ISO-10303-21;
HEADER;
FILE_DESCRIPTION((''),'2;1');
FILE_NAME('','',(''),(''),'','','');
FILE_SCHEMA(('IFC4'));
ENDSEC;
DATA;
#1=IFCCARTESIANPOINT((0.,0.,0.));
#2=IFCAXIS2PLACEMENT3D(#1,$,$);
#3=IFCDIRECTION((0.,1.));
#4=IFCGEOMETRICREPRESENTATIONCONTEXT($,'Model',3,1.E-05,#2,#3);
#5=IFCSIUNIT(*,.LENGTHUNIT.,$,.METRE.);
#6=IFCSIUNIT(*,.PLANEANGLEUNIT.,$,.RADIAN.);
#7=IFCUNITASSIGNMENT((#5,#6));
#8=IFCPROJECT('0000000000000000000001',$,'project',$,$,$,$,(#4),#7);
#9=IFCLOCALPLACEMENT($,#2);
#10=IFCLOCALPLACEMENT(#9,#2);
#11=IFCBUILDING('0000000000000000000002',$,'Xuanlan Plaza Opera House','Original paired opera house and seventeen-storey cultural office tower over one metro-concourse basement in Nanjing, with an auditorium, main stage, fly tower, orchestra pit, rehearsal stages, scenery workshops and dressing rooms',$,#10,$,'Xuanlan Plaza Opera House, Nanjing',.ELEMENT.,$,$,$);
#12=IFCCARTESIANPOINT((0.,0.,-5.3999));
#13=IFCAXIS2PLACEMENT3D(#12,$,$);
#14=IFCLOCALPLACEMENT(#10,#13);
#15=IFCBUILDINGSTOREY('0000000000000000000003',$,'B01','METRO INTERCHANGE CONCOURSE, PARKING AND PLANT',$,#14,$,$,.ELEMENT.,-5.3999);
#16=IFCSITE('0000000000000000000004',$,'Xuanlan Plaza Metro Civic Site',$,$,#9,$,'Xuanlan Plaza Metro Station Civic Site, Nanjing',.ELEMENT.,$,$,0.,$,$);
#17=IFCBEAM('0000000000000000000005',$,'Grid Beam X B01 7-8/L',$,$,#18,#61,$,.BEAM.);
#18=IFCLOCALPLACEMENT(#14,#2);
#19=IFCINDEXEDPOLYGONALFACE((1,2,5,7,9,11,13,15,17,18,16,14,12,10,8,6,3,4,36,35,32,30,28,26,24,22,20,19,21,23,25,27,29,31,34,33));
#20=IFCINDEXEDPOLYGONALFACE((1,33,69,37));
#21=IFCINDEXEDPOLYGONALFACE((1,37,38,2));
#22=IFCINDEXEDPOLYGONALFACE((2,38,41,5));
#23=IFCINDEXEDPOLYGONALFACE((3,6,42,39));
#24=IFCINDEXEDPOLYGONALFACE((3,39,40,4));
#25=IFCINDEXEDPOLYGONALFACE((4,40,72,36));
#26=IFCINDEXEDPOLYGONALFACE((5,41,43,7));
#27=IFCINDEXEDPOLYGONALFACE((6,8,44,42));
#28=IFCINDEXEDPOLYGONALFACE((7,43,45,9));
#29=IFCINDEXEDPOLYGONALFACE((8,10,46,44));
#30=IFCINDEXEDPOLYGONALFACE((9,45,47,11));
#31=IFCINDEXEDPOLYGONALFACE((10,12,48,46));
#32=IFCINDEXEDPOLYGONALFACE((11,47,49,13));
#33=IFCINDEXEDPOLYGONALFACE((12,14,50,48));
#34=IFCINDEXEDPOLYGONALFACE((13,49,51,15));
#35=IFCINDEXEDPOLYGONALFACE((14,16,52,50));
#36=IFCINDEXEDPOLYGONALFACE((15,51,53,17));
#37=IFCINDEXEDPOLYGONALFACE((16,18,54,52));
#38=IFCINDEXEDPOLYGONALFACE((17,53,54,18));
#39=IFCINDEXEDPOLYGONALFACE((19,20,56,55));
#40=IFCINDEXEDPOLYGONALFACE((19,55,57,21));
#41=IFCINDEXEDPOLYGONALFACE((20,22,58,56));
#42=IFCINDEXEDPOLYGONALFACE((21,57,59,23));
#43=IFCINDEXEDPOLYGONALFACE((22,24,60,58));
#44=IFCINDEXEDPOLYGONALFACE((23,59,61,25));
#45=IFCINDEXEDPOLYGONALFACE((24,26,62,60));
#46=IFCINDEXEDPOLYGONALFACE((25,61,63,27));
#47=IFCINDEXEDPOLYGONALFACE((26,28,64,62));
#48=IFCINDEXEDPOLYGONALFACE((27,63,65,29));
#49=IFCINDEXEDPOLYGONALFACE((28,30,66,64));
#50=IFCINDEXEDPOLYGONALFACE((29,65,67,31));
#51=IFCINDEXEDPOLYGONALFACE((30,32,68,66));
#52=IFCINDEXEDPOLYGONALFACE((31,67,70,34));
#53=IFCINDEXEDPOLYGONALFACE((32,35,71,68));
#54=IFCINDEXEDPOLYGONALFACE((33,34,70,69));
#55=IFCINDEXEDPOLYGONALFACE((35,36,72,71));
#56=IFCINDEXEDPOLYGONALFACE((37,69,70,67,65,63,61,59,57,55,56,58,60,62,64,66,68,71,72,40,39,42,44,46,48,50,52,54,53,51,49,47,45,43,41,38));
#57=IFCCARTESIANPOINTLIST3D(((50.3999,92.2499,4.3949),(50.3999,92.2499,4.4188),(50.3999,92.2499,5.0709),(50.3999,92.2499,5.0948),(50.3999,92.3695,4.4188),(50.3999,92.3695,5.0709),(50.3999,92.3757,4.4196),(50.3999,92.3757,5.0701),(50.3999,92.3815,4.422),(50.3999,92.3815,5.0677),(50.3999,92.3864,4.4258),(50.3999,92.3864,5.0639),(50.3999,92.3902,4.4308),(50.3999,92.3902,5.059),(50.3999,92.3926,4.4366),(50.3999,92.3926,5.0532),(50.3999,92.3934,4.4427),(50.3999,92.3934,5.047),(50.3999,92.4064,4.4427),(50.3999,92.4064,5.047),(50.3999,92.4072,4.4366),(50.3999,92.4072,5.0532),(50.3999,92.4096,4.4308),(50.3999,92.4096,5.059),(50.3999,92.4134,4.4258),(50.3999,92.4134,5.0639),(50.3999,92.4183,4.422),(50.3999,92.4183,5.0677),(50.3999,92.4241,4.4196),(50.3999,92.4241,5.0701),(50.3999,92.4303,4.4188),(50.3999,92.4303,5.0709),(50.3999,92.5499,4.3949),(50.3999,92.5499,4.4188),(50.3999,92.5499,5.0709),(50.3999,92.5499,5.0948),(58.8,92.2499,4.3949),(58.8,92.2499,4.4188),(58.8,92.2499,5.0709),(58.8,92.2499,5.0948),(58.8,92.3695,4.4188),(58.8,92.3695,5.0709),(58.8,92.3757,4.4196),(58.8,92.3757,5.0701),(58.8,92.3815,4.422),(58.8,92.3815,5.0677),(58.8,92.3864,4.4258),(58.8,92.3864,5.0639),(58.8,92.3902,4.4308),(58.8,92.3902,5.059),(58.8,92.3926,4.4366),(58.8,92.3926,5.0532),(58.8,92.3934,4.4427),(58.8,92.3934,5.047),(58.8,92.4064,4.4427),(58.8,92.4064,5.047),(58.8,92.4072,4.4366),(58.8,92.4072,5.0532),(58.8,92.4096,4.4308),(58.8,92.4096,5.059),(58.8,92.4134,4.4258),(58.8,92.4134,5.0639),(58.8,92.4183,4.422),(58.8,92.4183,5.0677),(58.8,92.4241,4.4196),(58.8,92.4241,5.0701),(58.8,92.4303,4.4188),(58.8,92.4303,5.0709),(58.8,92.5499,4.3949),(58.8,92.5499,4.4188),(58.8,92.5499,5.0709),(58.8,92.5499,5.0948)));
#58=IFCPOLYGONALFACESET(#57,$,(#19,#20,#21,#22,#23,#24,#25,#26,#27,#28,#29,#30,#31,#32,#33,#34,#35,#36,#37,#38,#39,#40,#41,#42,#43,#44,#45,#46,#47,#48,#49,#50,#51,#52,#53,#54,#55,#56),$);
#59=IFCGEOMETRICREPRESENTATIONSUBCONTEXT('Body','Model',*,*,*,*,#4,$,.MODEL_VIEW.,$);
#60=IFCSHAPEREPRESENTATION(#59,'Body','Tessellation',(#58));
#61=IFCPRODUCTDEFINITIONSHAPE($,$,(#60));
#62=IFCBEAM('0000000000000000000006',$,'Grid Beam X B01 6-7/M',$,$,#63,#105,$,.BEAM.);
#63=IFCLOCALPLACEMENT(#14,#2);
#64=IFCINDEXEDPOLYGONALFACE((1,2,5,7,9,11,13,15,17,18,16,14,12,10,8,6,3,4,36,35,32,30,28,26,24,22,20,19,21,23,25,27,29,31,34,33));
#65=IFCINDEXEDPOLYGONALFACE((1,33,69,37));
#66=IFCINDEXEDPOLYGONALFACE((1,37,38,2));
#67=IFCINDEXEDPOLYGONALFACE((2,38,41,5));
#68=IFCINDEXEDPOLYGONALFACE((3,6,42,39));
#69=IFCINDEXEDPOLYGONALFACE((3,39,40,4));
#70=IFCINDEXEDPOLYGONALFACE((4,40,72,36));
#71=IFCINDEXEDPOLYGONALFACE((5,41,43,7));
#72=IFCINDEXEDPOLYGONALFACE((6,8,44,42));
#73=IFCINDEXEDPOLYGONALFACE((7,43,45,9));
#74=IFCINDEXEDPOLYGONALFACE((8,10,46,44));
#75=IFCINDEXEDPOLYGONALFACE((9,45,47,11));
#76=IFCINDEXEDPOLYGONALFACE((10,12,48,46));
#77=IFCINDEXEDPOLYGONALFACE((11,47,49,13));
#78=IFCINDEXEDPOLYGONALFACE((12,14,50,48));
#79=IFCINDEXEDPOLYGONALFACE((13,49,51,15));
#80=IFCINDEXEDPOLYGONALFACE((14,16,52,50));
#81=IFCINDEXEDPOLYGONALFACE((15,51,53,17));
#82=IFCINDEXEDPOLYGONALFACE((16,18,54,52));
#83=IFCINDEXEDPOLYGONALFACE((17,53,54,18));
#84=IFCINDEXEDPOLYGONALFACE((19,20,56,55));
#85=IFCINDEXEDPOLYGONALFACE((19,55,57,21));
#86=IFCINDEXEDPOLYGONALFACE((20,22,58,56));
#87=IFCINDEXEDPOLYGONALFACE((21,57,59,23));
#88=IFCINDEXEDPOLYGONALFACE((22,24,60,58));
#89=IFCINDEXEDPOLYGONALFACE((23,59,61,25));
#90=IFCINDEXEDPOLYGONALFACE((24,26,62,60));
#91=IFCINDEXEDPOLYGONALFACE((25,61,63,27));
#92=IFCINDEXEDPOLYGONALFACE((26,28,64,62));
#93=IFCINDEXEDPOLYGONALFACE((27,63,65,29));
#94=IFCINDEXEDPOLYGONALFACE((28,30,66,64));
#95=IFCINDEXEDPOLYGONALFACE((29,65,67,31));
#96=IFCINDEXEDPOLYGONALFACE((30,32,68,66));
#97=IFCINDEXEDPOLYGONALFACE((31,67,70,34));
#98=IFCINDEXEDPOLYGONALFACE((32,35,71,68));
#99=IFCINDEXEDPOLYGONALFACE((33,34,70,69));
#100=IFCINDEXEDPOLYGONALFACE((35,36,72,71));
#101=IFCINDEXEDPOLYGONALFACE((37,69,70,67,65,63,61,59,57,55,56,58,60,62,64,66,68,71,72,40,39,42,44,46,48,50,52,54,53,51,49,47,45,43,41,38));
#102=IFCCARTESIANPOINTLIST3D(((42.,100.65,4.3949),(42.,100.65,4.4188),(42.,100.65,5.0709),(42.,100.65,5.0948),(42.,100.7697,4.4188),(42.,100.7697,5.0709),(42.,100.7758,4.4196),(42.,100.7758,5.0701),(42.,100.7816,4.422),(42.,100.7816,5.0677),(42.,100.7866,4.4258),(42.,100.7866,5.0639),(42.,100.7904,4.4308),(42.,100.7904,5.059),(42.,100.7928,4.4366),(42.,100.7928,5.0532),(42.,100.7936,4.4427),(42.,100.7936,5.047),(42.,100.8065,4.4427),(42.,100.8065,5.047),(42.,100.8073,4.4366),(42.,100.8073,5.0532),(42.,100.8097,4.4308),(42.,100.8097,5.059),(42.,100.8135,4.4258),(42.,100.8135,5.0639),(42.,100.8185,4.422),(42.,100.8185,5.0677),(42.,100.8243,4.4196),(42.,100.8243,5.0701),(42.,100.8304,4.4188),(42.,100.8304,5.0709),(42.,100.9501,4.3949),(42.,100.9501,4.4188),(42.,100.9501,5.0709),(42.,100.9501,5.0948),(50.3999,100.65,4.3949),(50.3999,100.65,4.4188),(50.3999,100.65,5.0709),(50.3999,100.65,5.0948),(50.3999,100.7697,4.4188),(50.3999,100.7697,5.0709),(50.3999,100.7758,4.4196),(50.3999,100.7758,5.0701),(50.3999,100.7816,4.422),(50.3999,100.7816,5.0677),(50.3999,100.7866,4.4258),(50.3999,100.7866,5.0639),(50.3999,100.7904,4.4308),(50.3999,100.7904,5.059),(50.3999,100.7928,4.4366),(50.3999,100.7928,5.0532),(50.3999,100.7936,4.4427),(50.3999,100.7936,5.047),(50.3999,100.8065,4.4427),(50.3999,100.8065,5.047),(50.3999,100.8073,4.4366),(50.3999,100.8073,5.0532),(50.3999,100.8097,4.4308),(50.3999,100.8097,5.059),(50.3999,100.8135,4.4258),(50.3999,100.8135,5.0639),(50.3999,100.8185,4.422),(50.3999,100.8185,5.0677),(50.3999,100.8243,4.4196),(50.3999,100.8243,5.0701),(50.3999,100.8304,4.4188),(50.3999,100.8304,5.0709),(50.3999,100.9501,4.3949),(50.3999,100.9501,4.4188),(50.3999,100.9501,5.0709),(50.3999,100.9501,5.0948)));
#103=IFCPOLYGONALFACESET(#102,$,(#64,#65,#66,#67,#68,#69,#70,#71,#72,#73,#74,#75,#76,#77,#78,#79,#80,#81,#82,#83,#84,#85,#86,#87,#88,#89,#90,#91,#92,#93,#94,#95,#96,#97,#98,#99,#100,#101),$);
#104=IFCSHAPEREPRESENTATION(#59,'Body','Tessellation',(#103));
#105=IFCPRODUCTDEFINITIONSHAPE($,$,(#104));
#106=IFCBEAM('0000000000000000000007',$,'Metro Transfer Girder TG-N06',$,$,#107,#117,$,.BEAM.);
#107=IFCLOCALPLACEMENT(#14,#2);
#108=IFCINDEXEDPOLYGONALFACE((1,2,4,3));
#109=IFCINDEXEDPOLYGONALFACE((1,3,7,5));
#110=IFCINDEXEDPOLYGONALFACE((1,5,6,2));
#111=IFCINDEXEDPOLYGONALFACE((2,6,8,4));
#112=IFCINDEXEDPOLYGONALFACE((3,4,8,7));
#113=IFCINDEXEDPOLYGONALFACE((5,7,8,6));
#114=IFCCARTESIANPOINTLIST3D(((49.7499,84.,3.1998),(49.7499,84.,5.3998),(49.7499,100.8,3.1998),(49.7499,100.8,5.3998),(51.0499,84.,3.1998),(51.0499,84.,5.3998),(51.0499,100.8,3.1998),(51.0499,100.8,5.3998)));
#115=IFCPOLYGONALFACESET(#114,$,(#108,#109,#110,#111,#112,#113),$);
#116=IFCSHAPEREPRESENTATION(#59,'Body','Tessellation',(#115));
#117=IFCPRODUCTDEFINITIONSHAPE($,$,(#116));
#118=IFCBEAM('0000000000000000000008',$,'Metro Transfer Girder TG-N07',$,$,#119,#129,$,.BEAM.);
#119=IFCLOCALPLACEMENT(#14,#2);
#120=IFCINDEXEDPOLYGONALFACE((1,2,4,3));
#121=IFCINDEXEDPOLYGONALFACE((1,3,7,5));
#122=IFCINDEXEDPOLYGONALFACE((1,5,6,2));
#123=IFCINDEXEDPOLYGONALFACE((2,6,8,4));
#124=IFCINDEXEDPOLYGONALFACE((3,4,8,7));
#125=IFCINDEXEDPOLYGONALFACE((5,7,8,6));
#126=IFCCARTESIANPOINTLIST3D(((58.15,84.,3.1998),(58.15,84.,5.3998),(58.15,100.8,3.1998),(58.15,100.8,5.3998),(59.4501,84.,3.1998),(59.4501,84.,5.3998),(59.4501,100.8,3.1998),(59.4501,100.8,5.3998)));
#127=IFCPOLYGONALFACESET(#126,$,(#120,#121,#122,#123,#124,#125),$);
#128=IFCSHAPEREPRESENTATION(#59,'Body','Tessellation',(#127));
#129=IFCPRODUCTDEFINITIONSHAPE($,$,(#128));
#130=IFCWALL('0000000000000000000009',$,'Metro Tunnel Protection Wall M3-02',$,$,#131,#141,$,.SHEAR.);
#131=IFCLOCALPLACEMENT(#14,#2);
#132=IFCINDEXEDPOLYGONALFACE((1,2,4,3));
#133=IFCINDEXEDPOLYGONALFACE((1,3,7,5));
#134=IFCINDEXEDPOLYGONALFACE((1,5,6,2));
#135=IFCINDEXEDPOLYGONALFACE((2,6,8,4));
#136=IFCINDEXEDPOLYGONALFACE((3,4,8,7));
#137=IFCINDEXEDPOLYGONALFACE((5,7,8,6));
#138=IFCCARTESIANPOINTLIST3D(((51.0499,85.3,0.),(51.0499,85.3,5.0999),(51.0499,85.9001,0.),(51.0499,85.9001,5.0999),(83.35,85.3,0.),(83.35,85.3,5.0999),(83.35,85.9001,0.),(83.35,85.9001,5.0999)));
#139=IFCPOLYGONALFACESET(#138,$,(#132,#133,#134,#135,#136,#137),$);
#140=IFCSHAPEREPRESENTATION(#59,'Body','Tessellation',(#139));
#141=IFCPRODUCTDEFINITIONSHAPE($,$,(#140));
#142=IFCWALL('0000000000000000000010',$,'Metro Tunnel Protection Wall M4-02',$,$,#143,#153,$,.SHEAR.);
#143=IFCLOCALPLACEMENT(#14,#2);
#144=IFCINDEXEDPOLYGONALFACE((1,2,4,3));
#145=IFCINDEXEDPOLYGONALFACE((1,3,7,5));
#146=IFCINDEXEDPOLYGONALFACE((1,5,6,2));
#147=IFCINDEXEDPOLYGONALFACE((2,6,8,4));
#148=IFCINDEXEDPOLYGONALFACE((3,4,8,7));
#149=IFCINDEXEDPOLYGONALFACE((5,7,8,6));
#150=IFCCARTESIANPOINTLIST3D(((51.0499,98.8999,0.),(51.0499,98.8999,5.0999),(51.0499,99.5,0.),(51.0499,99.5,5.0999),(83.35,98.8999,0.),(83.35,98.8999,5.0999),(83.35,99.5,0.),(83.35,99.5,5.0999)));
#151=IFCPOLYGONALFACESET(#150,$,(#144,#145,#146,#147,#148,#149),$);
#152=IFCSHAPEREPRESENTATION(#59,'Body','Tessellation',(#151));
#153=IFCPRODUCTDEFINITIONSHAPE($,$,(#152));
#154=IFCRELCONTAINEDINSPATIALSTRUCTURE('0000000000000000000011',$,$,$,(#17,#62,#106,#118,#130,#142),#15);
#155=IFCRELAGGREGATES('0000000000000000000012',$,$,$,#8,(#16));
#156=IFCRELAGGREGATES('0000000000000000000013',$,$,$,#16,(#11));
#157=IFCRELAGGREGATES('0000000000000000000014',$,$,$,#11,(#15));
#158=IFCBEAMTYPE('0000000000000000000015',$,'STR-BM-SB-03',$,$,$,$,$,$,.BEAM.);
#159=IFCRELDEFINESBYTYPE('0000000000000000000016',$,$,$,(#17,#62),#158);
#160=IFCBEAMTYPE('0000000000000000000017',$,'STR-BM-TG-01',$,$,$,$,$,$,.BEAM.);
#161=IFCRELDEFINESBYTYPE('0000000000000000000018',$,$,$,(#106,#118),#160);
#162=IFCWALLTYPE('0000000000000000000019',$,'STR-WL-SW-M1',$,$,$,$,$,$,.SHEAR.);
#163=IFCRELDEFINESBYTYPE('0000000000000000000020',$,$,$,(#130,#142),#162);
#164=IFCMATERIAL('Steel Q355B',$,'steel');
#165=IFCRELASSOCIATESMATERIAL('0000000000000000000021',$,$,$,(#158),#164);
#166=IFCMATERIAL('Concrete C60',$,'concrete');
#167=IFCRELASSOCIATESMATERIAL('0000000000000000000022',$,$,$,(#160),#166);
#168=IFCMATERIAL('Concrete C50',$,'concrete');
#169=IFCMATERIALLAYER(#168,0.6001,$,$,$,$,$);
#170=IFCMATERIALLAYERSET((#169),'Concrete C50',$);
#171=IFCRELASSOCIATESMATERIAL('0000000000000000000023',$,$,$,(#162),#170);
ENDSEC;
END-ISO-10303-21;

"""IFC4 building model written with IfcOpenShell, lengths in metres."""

from ifc_helpers import new_model, si_unit, direction, frame, frame_2d, origin, origin_2d, place, context, subcontext, project, spatial, rectangle, i_section, extrude, material, layer, layer_set, material_profile, profile_set, type_object, element, save


model = new_model("IFC4")

# Units and contexts
model_context = context("Model", 3, precision=1e-05, world=origin(), true_north=direction((0.0, 1.0)))
body_context = subcontext(model_context, "Body", "Model", "MODEL_VIEW")
ifc_project = project(units=[si_unit("LENGTHUNIT", "METRE"), si_unit("PLANEANGLEUNIT", "RADIAN")], contexts=[model_context])

# Site, building, storey
site_placement = place(None, origin())
site = spatial("IfcSite", under=ifc_project, at=site_placement, Name="Xuanlan Plaza Metro Civic Site", LongName="Xuanlan Plaza Metro Station Civic Site, Nanjing", CompositionType="ELEMENT", RefElevation=0.0)
building_placement = place(site_placement, origin())
building = spatial("IfcBuilding", under=site, at=building_placement, Name="Xuanlan Plaza Opera House", Description="Original paired opera house and seventeen-storey cultural office tower over one metro-concourse basement in Nanjing, with an auditorium, main stage, fly tower, orchestra pit, rehearsal stages, scenery workshops and dressing rooms", LongName="Xuanlan Plaza Opera House, Nanjing", CompositionType="ELEMENT")
storey_placement = place(building_placement, frame((0.0, 0.0, -5.3999)))
storey = spatial("IfcBuildingStorey", under=building, at=storey_placement, Name="B01", Description="METRO INTERCHANGE CONCOURSE, PARKING AND PLANT", CompositionType="ELEMENT", Elevation=-5.3999)

# Shared definitions
ifc_material_1 = material(Name="Concrete C50", Category="concrete")

# Shared definitions
ifc_material_2 = material(Name="Concrete C60", Category="concrete")

# Beams
ifc_material_3 = material(Name="Steel Q355B", Category="steel")
ifc_material_profile_1 = material_profile(ifc_material_3, i_section(OverallWidth=0.3, OverallDepth=0.7, WebThickness=0.0129, FlangeThickness=0.0239, FilletRadius=0.0239, at=origin_2d()), Name="HN 700x300x13x24")
ifc_profile_set_1 = profile_set([ifc_material_profile_1], Name="Steel Q355B")
beam_type_1 = type_object("IfcBeamType", Name="STR-BM-SB-03", PredefinedType="BEAM", material=ifc_profile_set_1)
beam_1_placement = place(storey_placement, frame((50.3999, 92.3999, 4.7449), z_axis=(1.0, 0.0, 0.0), x_axis=(0.0, 1.0, 0.0)))
element("IfcBeam", 1, at=beam_1_placement, inside=storey, type_object=beam_type_1, Name="Grid Beam X B01 7-8/L", PredefinedType="BEAM", context=body_context, shape_type="SweptSolid", body=[
    extrude(i_section(OverallWidth=0.3, OverallDepth=0.7, WebThickness=0.0129, FlangeThickness=0.0239, FilletRadius=0.0239, at=origin_2d()), origin(), (0.0, 0.0, 1.0), 8.4001),
])
beam_2_placement = place(storey_placement, frame((42.0, 100.8, 4.7449), z_axis=(1.0, 0.0, 0.0), x_axis=(0.0, 1.0, 0.0)))
element("IfcBeam", 2, at=beam_2_placement, inside=storey, type_object=beam_type_1, Name="Grid Beam X B01 6-7/M", PredefinedType="BEAM", context=body_context, shape_type="SweptSolid", body=[
    extrude(i_section(OverallWidth=0.3, OverallDepth=0.7, WebThickness=0.0129, FlangeThickness=0.0239, FilletRadius=0.0239, at=origin_2d()), origin(), (0.0, 0.0, 1.0), 8.3999),
])
ifc_material_profile_2 = material_profile(ifc_material_2, rectangle(XDim=1.3, YDim=2.2, at=origin_2d()), Name="RC-TG 1300x2200")
ifc_profile_set_2 = profile_set([ifc_material_profile_2], Name="Concrete C60")
beam_type_2 = type_object("IfcBeamType", Name="STR-BM-TG-01", PredefinedType="BEAM", material=ifc_profile_set_2)
for number, where, z_axis, x_axis, name in (
    (3, (50.3999, 84.0, 4.2998), (0.0, 1.0, 0.0), (-1.0, 0.0, 0.0), "Metro Transfer Girder TG-N06"),
    (4, (58.8, 84.0, 4.2998), (0.0, 1.0, 0.0), (-1.0, 0.0, 0.0), "Metro Transfer Girder TG-N07"),
):
    element("IfcBeam", number, at=place(storey_placement, frame(where, z_axis=z_axis, x_axis=x_axis)), inside=storey, type_object=beam_type_2, Name=name, PredefinedType="BEAM", context=body_context, shape_type="SweptSolid", body=[
        extrude(rectangle(XDim=1.3, YDim=2.2, at=origin_2d()), origin(), (0.0, 0.0, 1.0), 16.8),
    ])

# Walls
ifc_layer = layer(ifc_material_1, 0.6001)
ifc_layer_set = layer_set([ifc_layer], Name="Concrete C50")
wall_type = type_object("IfcWallType", Name="STR-WL-SW-M1", PredefinedType="SHEAR", material=ifc_layer_set)
for number, where, z_axis, x_axis, name in (
    (5, (51.05, 85.6001, 0.0), (0.0, 0.0, 1.0), (1.0, 0.0, 0.0), "Metro Tunnel Protection Wall M3-02"),
    (6, (51.05, 99.2, 0.0), (0.0, 0.0, 1.0), (1.0, 0.0, 0.0), "Metro Tunnel Protection Wall M4-02"),
):
    element("IfcWall", number, at=place(storey_placement, frame(where, z_axis=z_axis, x_axis=x_axis)), inside=storey, type_object=wall_type, Name=name, PredefinedType="SHEAR", context=body_context, shape_type="SweptSolid", body=[
        extrude(rectangle(XDim=32.3, YDim=0.6001, at=frame_2d((16.1499, 0.0))), origin(), (0.0, 0.0, 1.0), 5.0999),
    ])

save(model, "model.ifc")
